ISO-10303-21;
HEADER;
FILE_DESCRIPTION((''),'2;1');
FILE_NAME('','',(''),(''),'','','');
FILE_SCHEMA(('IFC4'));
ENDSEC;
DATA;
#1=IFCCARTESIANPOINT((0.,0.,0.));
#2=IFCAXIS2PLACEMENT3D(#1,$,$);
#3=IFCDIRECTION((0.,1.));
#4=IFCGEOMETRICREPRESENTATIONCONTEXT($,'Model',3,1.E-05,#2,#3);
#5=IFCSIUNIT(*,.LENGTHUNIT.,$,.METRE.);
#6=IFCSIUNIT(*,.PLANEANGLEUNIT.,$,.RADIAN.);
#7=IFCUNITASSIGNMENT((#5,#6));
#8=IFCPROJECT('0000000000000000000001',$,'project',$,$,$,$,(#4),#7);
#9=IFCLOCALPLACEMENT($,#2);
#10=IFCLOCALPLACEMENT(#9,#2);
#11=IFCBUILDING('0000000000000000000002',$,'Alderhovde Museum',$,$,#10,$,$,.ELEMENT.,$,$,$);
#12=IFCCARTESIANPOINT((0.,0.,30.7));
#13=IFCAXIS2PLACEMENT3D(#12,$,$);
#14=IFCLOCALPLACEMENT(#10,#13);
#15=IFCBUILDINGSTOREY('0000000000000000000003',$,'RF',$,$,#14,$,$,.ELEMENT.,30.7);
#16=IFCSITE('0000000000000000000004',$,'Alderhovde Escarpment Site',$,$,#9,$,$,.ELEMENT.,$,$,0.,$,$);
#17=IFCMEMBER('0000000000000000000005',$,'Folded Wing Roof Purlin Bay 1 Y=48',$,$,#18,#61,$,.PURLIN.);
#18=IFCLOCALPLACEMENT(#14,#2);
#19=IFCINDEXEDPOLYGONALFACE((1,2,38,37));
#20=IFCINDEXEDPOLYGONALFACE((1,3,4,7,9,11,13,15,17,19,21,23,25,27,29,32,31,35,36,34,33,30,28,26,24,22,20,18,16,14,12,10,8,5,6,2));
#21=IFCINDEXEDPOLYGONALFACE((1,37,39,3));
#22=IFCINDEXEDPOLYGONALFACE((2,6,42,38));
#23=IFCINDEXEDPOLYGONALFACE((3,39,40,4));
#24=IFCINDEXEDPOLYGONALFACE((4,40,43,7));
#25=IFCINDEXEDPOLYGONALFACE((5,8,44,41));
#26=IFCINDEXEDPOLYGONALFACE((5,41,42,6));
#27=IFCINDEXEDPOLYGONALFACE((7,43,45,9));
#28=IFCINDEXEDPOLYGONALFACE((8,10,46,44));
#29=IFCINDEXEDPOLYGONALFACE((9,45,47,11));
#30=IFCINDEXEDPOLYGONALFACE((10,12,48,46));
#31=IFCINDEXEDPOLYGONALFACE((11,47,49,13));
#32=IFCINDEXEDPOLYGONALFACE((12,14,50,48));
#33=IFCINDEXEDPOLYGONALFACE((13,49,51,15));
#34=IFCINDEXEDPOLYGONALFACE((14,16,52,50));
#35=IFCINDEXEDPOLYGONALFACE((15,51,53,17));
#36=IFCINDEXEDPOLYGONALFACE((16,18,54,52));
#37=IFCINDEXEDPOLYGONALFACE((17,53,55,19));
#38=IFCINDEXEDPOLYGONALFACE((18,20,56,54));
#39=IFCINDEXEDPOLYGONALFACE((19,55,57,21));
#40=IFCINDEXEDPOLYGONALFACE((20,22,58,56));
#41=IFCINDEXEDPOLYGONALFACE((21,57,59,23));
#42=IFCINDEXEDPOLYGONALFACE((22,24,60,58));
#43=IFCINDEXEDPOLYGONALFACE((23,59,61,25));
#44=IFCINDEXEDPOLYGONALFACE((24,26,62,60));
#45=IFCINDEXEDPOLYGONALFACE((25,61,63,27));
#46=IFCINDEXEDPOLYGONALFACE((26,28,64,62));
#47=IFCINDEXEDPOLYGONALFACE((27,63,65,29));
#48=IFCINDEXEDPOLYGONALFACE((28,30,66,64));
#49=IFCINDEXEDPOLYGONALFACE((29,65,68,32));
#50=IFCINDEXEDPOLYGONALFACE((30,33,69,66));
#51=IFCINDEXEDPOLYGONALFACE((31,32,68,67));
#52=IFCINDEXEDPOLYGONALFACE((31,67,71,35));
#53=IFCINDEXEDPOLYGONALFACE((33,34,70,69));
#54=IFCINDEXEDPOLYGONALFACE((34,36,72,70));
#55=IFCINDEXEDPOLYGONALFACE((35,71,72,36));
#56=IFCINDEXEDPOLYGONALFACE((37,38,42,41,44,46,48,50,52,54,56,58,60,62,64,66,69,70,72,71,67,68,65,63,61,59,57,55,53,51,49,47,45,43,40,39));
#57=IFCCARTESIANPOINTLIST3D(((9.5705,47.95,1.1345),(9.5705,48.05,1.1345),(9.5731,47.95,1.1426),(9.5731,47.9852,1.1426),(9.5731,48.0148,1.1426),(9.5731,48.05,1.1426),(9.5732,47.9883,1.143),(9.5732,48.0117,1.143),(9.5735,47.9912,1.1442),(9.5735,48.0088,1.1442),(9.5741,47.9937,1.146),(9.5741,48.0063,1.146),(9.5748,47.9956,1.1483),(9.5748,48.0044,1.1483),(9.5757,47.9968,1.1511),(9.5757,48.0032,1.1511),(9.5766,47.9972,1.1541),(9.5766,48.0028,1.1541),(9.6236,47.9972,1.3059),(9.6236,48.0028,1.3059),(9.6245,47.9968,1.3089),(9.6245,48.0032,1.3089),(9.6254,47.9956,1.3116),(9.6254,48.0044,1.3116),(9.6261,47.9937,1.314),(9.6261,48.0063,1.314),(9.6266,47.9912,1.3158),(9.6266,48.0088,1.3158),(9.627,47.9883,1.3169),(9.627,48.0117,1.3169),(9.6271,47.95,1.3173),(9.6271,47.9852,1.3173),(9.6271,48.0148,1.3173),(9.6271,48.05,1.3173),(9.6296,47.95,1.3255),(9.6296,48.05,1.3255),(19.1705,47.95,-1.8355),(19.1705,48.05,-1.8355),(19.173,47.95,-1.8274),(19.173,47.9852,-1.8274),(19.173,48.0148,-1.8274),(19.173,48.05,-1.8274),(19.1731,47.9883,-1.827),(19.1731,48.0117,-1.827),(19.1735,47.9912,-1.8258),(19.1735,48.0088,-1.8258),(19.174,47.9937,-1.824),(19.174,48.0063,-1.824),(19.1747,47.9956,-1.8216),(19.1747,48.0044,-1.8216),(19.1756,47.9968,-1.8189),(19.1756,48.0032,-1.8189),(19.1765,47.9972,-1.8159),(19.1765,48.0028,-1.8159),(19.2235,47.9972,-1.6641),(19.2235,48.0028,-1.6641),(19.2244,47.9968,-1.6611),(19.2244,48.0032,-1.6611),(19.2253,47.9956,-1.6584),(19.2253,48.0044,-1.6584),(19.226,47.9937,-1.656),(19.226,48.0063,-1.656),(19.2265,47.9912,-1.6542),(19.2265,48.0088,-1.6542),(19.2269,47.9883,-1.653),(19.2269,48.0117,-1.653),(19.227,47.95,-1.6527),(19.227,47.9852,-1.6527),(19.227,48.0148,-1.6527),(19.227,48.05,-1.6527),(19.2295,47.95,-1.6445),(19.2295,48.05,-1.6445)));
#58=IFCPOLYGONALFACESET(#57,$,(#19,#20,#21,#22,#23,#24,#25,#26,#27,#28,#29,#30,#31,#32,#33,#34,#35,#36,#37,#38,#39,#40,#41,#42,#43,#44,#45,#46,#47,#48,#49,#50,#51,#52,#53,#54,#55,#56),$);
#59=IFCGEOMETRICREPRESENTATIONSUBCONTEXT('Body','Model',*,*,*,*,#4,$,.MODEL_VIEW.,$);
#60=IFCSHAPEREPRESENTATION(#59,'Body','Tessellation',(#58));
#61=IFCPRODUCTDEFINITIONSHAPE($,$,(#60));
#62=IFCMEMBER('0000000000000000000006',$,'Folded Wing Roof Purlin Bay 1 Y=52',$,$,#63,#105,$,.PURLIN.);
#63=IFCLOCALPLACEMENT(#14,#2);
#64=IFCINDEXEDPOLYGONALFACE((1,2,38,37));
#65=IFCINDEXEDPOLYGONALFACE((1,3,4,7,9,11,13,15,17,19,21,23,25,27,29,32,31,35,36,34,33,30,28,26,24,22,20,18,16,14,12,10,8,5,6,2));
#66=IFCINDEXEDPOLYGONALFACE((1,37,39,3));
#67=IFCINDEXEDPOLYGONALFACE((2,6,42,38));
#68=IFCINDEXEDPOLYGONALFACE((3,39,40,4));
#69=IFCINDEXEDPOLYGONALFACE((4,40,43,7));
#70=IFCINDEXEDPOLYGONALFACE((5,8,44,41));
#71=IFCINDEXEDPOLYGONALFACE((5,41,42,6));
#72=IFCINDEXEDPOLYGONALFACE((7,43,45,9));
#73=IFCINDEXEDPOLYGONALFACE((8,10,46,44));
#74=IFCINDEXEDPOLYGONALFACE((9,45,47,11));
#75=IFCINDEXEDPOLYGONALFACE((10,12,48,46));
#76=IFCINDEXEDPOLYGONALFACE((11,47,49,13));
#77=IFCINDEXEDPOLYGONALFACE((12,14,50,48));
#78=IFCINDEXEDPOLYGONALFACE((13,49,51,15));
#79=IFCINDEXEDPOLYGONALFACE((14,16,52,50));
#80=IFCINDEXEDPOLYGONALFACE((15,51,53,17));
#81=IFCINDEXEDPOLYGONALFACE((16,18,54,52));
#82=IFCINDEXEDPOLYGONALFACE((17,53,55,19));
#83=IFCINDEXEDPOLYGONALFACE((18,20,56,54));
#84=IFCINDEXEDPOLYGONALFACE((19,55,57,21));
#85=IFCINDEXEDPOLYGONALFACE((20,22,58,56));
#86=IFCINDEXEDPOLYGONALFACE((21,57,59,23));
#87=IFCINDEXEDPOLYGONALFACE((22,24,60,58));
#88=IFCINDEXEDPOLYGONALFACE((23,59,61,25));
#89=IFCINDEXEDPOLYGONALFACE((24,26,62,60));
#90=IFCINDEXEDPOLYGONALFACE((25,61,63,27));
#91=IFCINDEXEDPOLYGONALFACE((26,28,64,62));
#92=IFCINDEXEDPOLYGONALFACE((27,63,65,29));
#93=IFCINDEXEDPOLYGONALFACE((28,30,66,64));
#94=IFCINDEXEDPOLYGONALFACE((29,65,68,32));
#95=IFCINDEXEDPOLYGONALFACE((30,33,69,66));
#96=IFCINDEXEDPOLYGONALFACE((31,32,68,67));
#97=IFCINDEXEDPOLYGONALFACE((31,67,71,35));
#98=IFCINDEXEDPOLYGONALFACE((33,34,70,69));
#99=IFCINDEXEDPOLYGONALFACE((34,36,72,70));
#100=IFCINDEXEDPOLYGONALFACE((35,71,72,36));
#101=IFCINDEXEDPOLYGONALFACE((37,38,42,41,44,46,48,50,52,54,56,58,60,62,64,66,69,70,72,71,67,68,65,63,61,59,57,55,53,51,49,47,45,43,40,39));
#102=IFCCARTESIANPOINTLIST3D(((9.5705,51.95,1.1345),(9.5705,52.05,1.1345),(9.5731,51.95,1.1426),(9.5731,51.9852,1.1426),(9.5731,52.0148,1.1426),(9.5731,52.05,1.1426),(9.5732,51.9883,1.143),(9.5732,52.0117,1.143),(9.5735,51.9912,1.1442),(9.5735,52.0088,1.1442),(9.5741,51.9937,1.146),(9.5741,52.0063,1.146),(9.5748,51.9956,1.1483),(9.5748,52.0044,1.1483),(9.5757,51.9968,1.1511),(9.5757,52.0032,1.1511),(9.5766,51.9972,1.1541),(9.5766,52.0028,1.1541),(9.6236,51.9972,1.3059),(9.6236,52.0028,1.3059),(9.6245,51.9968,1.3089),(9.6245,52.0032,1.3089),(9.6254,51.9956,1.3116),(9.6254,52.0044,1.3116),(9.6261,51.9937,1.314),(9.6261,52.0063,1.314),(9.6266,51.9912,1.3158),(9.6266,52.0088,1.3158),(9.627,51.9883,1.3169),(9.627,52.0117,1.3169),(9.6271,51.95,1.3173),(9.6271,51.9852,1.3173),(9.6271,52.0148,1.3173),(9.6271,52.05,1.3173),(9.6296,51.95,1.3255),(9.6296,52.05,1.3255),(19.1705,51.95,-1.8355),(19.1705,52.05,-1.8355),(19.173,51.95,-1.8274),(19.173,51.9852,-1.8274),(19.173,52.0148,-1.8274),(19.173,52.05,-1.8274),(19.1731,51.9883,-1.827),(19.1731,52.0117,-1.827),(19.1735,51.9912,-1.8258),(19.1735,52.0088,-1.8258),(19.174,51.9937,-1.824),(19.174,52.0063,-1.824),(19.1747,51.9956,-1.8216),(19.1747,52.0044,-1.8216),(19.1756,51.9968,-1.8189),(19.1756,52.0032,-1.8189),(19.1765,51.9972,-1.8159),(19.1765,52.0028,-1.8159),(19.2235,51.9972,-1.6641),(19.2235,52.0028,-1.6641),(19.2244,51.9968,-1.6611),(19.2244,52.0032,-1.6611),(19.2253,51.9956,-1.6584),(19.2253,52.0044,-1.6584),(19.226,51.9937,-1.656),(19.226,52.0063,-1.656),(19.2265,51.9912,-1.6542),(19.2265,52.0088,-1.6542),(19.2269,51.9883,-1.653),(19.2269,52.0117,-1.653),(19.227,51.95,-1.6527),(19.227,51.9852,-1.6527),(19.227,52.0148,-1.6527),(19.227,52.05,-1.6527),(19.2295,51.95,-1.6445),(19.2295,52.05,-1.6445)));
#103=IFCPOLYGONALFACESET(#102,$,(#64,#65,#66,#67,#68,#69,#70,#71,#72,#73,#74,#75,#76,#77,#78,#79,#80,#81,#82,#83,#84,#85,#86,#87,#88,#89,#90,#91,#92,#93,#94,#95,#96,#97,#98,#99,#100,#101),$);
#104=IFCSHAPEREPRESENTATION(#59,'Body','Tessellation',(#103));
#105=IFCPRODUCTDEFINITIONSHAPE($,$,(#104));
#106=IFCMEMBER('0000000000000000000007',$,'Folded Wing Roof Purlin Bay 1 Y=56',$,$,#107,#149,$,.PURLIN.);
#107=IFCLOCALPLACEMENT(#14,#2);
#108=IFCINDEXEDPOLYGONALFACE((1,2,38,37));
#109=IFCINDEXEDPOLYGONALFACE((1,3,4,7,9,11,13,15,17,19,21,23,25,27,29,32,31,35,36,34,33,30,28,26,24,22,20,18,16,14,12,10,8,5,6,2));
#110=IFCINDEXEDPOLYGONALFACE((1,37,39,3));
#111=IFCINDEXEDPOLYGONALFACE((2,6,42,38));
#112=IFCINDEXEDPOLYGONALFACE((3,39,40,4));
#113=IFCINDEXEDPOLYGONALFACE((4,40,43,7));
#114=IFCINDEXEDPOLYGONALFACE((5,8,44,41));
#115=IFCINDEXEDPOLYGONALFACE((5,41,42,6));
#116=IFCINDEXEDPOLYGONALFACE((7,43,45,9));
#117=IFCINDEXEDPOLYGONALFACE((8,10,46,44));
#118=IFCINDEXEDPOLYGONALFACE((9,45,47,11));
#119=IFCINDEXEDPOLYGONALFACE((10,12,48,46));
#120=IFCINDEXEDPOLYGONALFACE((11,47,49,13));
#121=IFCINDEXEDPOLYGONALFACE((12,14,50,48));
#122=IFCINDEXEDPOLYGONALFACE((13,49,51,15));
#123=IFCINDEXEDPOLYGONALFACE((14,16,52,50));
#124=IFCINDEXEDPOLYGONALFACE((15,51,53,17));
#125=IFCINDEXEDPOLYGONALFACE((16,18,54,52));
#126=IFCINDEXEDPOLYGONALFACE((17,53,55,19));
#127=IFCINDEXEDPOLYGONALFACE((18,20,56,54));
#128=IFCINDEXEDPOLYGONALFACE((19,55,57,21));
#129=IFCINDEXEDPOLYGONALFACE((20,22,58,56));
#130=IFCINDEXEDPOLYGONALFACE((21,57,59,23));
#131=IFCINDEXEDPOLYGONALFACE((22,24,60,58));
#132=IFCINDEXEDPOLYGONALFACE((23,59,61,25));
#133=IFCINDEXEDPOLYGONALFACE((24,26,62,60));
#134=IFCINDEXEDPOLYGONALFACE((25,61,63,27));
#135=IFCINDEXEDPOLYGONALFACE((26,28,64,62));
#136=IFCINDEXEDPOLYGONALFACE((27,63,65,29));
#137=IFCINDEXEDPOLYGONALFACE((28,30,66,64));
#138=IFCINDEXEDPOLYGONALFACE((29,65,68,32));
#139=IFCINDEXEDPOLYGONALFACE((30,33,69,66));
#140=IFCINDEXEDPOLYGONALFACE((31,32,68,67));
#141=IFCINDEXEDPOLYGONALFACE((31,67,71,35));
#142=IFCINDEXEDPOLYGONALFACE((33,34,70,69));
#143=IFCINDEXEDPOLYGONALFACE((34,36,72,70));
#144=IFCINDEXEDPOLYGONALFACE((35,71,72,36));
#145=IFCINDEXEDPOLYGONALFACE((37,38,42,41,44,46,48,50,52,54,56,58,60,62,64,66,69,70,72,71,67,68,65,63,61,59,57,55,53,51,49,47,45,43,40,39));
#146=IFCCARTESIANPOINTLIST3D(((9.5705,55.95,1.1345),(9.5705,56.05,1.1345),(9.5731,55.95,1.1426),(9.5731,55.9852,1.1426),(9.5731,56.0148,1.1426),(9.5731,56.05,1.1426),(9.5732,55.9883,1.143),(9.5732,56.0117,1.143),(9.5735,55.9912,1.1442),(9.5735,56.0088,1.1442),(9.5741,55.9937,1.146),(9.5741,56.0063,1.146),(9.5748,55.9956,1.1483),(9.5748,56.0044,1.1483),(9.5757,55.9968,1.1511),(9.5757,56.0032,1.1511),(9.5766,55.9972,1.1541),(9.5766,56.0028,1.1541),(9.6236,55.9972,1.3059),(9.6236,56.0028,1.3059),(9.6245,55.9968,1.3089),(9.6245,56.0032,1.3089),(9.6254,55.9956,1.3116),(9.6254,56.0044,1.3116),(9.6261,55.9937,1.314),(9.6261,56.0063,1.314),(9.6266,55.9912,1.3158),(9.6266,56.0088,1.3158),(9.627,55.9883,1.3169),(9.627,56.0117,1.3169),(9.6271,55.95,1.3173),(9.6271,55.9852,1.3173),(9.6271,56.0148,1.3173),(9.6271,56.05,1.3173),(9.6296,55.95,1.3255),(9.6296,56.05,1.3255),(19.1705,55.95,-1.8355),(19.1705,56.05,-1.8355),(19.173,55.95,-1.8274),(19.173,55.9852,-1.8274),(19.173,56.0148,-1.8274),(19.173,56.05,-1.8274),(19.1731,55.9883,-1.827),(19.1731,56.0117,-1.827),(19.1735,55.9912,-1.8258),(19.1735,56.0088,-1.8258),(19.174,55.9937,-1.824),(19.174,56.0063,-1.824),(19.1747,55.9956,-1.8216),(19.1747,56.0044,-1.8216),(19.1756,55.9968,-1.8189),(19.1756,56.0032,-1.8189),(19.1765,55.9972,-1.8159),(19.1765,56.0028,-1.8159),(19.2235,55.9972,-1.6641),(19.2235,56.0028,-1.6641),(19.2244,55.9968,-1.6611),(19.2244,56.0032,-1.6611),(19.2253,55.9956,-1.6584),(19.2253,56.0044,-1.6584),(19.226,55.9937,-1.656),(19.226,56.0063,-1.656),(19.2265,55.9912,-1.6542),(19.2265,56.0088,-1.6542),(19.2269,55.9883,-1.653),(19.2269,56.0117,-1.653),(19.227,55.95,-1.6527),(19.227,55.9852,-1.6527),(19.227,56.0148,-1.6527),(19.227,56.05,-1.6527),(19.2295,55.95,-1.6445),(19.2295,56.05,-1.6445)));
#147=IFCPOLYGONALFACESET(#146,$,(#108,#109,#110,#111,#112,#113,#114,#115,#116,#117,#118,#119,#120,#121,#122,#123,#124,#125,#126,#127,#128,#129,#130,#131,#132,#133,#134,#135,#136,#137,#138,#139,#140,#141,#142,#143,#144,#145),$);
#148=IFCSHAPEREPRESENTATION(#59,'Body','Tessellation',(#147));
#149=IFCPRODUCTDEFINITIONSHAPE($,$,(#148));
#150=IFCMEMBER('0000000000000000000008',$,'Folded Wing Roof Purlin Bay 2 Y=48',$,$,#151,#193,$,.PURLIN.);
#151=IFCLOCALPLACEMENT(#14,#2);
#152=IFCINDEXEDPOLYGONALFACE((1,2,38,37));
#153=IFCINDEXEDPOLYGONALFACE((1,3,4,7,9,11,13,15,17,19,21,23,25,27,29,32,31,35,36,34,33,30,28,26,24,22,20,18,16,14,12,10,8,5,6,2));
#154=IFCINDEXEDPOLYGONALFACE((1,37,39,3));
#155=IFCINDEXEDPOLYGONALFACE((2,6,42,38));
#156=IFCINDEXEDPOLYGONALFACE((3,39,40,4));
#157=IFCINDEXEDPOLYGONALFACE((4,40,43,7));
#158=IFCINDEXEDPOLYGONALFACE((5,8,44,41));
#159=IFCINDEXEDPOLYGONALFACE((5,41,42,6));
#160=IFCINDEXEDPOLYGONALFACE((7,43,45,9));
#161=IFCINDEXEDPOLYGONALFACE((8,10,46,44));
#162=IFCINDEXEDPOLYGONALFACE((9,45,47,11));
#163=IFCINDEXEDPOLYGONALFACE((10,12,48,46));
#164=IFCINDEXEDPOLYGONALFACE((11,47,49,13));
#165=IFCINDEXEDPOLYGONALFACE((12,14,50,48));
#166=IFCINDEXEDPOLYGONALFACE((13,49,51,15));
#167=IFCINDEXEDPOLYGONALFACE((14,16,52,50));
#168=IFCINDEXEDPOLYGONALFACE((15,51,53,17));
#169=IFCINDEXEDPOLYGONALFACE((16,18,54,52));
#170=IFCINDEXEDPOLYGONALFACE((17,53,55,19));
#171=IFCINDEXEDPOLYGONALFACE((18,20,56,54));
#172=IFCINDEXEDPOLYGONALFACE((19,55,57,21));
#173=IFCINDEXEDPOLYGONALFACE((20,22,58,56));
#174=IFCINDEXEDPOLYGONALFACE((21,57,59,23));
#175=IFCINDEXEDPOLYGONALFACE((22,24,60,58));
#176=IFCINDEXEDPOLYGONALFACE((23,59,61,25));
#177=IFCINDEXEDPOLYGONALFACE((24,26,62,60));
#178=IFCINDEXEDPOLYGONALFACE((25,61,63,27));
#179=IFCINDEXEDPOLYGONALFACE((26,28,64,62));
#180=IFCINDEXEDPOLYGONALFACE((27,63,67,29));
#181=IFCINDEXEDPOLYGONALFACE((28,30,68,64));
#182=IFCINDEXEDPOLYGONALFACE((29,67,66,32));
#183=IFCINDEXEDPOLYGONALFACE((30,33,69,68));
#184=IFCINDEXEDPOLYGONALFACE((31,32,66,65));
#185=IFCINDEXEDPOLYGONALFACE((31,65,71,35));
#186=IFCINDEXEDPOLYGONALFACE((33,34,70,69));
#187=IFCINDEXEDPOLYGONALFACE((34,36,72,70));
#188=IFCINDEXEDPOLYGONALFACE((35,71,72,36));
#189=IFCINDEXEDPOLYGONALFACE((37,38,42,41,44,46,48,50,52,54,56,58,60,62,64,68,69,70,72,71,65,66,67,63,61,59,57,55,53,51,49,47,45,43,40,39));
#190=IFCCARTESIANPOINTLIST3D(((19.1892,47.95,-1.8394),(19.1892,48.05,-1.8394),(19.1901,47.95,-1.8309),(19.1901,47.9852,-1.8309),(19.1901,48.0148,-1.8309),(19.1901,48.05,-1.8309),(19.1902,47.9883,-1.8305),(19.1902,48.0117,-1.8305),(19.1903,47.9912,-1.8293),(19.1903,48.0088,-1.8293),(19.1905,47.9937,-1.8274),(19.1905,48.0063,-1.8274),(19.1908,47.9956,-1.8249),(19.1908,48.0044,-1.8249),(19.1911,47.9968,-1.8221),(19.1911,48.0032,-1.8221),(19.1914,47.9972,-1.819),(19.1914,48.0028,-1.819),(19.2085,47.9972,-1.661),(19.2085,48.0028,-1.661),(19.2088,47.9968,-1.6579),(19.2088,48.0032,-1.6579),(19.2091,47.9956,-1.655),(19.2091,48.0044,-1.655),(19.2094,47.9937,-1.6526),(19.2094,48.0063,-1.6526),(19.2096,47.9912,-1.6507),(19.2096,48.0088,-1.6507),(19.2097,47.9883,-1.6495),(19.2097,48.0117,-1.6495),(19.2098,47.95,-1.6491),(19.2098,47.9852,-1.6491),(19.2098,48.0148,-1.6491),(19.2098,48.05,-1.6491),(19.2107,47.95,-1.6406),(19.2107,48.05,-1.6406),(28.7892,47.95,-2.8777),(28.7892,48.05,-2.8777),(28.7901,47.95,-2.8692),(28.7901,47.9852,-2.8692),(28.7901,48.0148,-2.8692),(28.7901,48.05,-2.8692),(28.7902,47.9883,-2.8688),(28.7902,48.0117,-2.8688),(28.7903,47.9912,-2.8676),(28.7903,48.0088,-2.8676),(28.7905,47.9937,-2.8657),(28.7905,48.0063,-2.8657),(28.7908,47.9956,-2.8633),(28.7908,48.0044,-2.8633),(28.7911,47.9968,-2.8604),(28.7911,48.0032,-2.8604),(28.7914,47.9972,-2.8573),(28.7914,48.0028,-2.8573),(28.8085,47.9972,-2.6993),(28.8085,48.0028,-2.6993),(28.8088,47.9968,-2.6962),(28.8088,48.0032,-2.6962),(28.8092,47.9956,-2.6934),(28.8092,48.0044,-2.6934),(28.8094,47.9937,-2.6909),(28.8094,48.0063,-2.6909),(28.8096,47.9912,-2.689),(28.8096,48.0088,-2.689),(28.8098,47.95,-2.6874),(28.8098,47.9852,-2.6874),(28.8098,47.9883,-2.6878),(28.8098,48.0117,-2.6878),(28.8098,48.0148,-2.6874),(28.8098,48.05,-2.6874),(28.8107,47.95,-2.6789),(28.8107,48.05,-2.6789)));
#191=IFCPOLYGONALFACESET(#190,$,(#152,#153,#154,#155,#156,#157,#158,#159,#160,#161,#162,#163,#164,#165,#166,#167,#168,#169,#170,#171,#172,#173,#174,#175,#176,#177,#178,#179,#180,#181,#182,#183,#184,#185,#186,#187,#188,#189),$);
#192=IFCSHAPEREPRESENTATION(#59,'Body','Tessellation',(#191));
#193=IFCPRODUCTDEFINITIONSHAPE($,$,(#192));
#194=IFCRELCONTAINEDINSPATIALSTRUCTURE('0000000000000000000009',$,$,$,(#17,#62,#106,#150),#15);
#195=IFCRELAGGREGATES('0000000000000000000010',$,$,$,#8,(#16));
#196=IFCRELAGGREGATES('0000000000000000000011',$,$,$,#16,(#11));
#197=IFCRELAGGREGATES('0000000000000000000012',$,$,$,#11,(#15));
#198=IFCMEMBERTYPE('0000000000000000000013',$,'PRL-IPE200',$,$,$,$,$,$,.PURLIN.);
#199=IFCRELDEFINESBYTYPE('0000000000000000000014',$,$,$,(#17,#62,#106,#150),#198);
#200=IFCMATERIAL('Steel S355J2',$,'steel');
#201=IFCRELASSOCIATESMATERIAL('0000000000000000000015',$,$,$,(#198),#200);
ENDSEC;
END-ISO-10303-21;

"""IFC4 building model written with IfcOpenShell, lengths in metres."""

from ifc_helpers import new_model, si_unit, direction, frame, origin, origin_2d, place, context, subcontext, project, spatial, i_section, extrude, material, material_profile, profile_set, type_object, element, save


model = new_model("IFC4")

# Units and contexts
model_context = context("Model", 3, precision=1e-05, world=origin(), true_north=direction((0.0, 1.0)))
body_context = subcontext(model_context, "Body", "Model", "MODEL_VIEW")
ifc_project = project(units=[si_unit("LENGTHUNIT", "METRE"), si_unit("PLANEANGLEUNIT", "RADIAN")], contexts=[model_context])

# Site, building, storey
site_placement = place(None, origin())
site = spatial("IfcSite", under=ifc_project, at=site_placement, Name="Alderhovde Escarpment Site", CompositionType="ELEMENT", RefElevation=0.0)
building_placement = place(site_placement, origin())
building = spatial("IfcBuilding", under=site, at=building_placement, Name="Alderhovde Museum", CompositionType="ELEMENT")
storey_placement = place(building_placement, frame((0.0, 0.0, 30.7)))
storey = spatial("IfcBuildingStorey", under=building, at=storey_placement, Name="RF", CompositionType="ELEMENT", Elevation=30.7)

# Members
ifc_material_1 = material(Name="Steel S355J2", Category="steel")
ifc_material_profile_1 = material_profile(ifc_material_1, i_section(OverallWidth=0.1001, OverallDepth=0.2, WebThickness=0.0056, FlangeThickness=0.0085, FilletRadius=0.012, at=origin_2d()), Name="IPE 200")
ifc_profile_set_1 = profile_set([ifc_material_profile_1], Name="Steel S355J2")
member_type_1 = type_object("IfcMemberType", Name="PRL-IPE200", PredefinedType="PURLIN", material=ifc_profile_set_1)
for number, where, z_axis, x_axis, name in (
    (1, (9.6001, 48.0, 1.23), (0.955326, 0.0, -0.295555), (0.0, 1.0, 0.0), "Folded Wing Roof Purlin Bay 1 Y=48"),
    (2, (9.6001, 52.0, 1.23), (0.955326, 0.0, -0.295555), (0.0, 1.0, 0.0), "Folded Wing Roof Purlin Bay 1 Y=52"),
    (3, (9.6001, 56.0, 1.23), (0.955326, 0.0, -0.295555), (0.0, 1.0, 0.0), "Folded Wing Roof Purlin Bay 1 Y=56"),
):
    element("IfcMember", number, at=place(storey_placement, frame(where, z_axis=z_axis, x_axis=x_axis)), inside=storey, type_object=member_type_1, Name=name, PredefinedType="PURLIN", context=body_context, shape_type="SweptSolid", body=[
        extrude(i_section(OverallWidth=0.1001, OverallDepth=0.2, WebThickness=0.0056, FlangeThickness=0.0085, FilletRadius=0.012, at=origin_2d()), origin(), (0.0, 0.0, 1.0), 10.0488),
    ])
for number, where, z_axis, x_axis, name in (
    (4, (19.2, 48.0, -1.74), (0.994202, 0.0, -0.107531), (0.0, 1.0, 0.0), "Folded Wing Roof Purlin Bay 2 Y=48"),
):
    element("IfcMember", number, at=place(storey_placement, frame(where, z_axis=z_axis, x_axis=x_axis)), inside=storey, type_object=member_type_1, Name=name, PredefinedType="PURLIN", context=body_context, shape_type="SweptSolid", body=[
        extrude(i_section(OverallWidth=0.1001, OverallDepth=0.2, WebThickness=0.0056, FlangeThickness=0.0085, FilletRadius=0.012, at=origin_2d()), origin(), (0.0, 0.0, 1.0), 9.656),
    ])

save(model, "model.ifc")
